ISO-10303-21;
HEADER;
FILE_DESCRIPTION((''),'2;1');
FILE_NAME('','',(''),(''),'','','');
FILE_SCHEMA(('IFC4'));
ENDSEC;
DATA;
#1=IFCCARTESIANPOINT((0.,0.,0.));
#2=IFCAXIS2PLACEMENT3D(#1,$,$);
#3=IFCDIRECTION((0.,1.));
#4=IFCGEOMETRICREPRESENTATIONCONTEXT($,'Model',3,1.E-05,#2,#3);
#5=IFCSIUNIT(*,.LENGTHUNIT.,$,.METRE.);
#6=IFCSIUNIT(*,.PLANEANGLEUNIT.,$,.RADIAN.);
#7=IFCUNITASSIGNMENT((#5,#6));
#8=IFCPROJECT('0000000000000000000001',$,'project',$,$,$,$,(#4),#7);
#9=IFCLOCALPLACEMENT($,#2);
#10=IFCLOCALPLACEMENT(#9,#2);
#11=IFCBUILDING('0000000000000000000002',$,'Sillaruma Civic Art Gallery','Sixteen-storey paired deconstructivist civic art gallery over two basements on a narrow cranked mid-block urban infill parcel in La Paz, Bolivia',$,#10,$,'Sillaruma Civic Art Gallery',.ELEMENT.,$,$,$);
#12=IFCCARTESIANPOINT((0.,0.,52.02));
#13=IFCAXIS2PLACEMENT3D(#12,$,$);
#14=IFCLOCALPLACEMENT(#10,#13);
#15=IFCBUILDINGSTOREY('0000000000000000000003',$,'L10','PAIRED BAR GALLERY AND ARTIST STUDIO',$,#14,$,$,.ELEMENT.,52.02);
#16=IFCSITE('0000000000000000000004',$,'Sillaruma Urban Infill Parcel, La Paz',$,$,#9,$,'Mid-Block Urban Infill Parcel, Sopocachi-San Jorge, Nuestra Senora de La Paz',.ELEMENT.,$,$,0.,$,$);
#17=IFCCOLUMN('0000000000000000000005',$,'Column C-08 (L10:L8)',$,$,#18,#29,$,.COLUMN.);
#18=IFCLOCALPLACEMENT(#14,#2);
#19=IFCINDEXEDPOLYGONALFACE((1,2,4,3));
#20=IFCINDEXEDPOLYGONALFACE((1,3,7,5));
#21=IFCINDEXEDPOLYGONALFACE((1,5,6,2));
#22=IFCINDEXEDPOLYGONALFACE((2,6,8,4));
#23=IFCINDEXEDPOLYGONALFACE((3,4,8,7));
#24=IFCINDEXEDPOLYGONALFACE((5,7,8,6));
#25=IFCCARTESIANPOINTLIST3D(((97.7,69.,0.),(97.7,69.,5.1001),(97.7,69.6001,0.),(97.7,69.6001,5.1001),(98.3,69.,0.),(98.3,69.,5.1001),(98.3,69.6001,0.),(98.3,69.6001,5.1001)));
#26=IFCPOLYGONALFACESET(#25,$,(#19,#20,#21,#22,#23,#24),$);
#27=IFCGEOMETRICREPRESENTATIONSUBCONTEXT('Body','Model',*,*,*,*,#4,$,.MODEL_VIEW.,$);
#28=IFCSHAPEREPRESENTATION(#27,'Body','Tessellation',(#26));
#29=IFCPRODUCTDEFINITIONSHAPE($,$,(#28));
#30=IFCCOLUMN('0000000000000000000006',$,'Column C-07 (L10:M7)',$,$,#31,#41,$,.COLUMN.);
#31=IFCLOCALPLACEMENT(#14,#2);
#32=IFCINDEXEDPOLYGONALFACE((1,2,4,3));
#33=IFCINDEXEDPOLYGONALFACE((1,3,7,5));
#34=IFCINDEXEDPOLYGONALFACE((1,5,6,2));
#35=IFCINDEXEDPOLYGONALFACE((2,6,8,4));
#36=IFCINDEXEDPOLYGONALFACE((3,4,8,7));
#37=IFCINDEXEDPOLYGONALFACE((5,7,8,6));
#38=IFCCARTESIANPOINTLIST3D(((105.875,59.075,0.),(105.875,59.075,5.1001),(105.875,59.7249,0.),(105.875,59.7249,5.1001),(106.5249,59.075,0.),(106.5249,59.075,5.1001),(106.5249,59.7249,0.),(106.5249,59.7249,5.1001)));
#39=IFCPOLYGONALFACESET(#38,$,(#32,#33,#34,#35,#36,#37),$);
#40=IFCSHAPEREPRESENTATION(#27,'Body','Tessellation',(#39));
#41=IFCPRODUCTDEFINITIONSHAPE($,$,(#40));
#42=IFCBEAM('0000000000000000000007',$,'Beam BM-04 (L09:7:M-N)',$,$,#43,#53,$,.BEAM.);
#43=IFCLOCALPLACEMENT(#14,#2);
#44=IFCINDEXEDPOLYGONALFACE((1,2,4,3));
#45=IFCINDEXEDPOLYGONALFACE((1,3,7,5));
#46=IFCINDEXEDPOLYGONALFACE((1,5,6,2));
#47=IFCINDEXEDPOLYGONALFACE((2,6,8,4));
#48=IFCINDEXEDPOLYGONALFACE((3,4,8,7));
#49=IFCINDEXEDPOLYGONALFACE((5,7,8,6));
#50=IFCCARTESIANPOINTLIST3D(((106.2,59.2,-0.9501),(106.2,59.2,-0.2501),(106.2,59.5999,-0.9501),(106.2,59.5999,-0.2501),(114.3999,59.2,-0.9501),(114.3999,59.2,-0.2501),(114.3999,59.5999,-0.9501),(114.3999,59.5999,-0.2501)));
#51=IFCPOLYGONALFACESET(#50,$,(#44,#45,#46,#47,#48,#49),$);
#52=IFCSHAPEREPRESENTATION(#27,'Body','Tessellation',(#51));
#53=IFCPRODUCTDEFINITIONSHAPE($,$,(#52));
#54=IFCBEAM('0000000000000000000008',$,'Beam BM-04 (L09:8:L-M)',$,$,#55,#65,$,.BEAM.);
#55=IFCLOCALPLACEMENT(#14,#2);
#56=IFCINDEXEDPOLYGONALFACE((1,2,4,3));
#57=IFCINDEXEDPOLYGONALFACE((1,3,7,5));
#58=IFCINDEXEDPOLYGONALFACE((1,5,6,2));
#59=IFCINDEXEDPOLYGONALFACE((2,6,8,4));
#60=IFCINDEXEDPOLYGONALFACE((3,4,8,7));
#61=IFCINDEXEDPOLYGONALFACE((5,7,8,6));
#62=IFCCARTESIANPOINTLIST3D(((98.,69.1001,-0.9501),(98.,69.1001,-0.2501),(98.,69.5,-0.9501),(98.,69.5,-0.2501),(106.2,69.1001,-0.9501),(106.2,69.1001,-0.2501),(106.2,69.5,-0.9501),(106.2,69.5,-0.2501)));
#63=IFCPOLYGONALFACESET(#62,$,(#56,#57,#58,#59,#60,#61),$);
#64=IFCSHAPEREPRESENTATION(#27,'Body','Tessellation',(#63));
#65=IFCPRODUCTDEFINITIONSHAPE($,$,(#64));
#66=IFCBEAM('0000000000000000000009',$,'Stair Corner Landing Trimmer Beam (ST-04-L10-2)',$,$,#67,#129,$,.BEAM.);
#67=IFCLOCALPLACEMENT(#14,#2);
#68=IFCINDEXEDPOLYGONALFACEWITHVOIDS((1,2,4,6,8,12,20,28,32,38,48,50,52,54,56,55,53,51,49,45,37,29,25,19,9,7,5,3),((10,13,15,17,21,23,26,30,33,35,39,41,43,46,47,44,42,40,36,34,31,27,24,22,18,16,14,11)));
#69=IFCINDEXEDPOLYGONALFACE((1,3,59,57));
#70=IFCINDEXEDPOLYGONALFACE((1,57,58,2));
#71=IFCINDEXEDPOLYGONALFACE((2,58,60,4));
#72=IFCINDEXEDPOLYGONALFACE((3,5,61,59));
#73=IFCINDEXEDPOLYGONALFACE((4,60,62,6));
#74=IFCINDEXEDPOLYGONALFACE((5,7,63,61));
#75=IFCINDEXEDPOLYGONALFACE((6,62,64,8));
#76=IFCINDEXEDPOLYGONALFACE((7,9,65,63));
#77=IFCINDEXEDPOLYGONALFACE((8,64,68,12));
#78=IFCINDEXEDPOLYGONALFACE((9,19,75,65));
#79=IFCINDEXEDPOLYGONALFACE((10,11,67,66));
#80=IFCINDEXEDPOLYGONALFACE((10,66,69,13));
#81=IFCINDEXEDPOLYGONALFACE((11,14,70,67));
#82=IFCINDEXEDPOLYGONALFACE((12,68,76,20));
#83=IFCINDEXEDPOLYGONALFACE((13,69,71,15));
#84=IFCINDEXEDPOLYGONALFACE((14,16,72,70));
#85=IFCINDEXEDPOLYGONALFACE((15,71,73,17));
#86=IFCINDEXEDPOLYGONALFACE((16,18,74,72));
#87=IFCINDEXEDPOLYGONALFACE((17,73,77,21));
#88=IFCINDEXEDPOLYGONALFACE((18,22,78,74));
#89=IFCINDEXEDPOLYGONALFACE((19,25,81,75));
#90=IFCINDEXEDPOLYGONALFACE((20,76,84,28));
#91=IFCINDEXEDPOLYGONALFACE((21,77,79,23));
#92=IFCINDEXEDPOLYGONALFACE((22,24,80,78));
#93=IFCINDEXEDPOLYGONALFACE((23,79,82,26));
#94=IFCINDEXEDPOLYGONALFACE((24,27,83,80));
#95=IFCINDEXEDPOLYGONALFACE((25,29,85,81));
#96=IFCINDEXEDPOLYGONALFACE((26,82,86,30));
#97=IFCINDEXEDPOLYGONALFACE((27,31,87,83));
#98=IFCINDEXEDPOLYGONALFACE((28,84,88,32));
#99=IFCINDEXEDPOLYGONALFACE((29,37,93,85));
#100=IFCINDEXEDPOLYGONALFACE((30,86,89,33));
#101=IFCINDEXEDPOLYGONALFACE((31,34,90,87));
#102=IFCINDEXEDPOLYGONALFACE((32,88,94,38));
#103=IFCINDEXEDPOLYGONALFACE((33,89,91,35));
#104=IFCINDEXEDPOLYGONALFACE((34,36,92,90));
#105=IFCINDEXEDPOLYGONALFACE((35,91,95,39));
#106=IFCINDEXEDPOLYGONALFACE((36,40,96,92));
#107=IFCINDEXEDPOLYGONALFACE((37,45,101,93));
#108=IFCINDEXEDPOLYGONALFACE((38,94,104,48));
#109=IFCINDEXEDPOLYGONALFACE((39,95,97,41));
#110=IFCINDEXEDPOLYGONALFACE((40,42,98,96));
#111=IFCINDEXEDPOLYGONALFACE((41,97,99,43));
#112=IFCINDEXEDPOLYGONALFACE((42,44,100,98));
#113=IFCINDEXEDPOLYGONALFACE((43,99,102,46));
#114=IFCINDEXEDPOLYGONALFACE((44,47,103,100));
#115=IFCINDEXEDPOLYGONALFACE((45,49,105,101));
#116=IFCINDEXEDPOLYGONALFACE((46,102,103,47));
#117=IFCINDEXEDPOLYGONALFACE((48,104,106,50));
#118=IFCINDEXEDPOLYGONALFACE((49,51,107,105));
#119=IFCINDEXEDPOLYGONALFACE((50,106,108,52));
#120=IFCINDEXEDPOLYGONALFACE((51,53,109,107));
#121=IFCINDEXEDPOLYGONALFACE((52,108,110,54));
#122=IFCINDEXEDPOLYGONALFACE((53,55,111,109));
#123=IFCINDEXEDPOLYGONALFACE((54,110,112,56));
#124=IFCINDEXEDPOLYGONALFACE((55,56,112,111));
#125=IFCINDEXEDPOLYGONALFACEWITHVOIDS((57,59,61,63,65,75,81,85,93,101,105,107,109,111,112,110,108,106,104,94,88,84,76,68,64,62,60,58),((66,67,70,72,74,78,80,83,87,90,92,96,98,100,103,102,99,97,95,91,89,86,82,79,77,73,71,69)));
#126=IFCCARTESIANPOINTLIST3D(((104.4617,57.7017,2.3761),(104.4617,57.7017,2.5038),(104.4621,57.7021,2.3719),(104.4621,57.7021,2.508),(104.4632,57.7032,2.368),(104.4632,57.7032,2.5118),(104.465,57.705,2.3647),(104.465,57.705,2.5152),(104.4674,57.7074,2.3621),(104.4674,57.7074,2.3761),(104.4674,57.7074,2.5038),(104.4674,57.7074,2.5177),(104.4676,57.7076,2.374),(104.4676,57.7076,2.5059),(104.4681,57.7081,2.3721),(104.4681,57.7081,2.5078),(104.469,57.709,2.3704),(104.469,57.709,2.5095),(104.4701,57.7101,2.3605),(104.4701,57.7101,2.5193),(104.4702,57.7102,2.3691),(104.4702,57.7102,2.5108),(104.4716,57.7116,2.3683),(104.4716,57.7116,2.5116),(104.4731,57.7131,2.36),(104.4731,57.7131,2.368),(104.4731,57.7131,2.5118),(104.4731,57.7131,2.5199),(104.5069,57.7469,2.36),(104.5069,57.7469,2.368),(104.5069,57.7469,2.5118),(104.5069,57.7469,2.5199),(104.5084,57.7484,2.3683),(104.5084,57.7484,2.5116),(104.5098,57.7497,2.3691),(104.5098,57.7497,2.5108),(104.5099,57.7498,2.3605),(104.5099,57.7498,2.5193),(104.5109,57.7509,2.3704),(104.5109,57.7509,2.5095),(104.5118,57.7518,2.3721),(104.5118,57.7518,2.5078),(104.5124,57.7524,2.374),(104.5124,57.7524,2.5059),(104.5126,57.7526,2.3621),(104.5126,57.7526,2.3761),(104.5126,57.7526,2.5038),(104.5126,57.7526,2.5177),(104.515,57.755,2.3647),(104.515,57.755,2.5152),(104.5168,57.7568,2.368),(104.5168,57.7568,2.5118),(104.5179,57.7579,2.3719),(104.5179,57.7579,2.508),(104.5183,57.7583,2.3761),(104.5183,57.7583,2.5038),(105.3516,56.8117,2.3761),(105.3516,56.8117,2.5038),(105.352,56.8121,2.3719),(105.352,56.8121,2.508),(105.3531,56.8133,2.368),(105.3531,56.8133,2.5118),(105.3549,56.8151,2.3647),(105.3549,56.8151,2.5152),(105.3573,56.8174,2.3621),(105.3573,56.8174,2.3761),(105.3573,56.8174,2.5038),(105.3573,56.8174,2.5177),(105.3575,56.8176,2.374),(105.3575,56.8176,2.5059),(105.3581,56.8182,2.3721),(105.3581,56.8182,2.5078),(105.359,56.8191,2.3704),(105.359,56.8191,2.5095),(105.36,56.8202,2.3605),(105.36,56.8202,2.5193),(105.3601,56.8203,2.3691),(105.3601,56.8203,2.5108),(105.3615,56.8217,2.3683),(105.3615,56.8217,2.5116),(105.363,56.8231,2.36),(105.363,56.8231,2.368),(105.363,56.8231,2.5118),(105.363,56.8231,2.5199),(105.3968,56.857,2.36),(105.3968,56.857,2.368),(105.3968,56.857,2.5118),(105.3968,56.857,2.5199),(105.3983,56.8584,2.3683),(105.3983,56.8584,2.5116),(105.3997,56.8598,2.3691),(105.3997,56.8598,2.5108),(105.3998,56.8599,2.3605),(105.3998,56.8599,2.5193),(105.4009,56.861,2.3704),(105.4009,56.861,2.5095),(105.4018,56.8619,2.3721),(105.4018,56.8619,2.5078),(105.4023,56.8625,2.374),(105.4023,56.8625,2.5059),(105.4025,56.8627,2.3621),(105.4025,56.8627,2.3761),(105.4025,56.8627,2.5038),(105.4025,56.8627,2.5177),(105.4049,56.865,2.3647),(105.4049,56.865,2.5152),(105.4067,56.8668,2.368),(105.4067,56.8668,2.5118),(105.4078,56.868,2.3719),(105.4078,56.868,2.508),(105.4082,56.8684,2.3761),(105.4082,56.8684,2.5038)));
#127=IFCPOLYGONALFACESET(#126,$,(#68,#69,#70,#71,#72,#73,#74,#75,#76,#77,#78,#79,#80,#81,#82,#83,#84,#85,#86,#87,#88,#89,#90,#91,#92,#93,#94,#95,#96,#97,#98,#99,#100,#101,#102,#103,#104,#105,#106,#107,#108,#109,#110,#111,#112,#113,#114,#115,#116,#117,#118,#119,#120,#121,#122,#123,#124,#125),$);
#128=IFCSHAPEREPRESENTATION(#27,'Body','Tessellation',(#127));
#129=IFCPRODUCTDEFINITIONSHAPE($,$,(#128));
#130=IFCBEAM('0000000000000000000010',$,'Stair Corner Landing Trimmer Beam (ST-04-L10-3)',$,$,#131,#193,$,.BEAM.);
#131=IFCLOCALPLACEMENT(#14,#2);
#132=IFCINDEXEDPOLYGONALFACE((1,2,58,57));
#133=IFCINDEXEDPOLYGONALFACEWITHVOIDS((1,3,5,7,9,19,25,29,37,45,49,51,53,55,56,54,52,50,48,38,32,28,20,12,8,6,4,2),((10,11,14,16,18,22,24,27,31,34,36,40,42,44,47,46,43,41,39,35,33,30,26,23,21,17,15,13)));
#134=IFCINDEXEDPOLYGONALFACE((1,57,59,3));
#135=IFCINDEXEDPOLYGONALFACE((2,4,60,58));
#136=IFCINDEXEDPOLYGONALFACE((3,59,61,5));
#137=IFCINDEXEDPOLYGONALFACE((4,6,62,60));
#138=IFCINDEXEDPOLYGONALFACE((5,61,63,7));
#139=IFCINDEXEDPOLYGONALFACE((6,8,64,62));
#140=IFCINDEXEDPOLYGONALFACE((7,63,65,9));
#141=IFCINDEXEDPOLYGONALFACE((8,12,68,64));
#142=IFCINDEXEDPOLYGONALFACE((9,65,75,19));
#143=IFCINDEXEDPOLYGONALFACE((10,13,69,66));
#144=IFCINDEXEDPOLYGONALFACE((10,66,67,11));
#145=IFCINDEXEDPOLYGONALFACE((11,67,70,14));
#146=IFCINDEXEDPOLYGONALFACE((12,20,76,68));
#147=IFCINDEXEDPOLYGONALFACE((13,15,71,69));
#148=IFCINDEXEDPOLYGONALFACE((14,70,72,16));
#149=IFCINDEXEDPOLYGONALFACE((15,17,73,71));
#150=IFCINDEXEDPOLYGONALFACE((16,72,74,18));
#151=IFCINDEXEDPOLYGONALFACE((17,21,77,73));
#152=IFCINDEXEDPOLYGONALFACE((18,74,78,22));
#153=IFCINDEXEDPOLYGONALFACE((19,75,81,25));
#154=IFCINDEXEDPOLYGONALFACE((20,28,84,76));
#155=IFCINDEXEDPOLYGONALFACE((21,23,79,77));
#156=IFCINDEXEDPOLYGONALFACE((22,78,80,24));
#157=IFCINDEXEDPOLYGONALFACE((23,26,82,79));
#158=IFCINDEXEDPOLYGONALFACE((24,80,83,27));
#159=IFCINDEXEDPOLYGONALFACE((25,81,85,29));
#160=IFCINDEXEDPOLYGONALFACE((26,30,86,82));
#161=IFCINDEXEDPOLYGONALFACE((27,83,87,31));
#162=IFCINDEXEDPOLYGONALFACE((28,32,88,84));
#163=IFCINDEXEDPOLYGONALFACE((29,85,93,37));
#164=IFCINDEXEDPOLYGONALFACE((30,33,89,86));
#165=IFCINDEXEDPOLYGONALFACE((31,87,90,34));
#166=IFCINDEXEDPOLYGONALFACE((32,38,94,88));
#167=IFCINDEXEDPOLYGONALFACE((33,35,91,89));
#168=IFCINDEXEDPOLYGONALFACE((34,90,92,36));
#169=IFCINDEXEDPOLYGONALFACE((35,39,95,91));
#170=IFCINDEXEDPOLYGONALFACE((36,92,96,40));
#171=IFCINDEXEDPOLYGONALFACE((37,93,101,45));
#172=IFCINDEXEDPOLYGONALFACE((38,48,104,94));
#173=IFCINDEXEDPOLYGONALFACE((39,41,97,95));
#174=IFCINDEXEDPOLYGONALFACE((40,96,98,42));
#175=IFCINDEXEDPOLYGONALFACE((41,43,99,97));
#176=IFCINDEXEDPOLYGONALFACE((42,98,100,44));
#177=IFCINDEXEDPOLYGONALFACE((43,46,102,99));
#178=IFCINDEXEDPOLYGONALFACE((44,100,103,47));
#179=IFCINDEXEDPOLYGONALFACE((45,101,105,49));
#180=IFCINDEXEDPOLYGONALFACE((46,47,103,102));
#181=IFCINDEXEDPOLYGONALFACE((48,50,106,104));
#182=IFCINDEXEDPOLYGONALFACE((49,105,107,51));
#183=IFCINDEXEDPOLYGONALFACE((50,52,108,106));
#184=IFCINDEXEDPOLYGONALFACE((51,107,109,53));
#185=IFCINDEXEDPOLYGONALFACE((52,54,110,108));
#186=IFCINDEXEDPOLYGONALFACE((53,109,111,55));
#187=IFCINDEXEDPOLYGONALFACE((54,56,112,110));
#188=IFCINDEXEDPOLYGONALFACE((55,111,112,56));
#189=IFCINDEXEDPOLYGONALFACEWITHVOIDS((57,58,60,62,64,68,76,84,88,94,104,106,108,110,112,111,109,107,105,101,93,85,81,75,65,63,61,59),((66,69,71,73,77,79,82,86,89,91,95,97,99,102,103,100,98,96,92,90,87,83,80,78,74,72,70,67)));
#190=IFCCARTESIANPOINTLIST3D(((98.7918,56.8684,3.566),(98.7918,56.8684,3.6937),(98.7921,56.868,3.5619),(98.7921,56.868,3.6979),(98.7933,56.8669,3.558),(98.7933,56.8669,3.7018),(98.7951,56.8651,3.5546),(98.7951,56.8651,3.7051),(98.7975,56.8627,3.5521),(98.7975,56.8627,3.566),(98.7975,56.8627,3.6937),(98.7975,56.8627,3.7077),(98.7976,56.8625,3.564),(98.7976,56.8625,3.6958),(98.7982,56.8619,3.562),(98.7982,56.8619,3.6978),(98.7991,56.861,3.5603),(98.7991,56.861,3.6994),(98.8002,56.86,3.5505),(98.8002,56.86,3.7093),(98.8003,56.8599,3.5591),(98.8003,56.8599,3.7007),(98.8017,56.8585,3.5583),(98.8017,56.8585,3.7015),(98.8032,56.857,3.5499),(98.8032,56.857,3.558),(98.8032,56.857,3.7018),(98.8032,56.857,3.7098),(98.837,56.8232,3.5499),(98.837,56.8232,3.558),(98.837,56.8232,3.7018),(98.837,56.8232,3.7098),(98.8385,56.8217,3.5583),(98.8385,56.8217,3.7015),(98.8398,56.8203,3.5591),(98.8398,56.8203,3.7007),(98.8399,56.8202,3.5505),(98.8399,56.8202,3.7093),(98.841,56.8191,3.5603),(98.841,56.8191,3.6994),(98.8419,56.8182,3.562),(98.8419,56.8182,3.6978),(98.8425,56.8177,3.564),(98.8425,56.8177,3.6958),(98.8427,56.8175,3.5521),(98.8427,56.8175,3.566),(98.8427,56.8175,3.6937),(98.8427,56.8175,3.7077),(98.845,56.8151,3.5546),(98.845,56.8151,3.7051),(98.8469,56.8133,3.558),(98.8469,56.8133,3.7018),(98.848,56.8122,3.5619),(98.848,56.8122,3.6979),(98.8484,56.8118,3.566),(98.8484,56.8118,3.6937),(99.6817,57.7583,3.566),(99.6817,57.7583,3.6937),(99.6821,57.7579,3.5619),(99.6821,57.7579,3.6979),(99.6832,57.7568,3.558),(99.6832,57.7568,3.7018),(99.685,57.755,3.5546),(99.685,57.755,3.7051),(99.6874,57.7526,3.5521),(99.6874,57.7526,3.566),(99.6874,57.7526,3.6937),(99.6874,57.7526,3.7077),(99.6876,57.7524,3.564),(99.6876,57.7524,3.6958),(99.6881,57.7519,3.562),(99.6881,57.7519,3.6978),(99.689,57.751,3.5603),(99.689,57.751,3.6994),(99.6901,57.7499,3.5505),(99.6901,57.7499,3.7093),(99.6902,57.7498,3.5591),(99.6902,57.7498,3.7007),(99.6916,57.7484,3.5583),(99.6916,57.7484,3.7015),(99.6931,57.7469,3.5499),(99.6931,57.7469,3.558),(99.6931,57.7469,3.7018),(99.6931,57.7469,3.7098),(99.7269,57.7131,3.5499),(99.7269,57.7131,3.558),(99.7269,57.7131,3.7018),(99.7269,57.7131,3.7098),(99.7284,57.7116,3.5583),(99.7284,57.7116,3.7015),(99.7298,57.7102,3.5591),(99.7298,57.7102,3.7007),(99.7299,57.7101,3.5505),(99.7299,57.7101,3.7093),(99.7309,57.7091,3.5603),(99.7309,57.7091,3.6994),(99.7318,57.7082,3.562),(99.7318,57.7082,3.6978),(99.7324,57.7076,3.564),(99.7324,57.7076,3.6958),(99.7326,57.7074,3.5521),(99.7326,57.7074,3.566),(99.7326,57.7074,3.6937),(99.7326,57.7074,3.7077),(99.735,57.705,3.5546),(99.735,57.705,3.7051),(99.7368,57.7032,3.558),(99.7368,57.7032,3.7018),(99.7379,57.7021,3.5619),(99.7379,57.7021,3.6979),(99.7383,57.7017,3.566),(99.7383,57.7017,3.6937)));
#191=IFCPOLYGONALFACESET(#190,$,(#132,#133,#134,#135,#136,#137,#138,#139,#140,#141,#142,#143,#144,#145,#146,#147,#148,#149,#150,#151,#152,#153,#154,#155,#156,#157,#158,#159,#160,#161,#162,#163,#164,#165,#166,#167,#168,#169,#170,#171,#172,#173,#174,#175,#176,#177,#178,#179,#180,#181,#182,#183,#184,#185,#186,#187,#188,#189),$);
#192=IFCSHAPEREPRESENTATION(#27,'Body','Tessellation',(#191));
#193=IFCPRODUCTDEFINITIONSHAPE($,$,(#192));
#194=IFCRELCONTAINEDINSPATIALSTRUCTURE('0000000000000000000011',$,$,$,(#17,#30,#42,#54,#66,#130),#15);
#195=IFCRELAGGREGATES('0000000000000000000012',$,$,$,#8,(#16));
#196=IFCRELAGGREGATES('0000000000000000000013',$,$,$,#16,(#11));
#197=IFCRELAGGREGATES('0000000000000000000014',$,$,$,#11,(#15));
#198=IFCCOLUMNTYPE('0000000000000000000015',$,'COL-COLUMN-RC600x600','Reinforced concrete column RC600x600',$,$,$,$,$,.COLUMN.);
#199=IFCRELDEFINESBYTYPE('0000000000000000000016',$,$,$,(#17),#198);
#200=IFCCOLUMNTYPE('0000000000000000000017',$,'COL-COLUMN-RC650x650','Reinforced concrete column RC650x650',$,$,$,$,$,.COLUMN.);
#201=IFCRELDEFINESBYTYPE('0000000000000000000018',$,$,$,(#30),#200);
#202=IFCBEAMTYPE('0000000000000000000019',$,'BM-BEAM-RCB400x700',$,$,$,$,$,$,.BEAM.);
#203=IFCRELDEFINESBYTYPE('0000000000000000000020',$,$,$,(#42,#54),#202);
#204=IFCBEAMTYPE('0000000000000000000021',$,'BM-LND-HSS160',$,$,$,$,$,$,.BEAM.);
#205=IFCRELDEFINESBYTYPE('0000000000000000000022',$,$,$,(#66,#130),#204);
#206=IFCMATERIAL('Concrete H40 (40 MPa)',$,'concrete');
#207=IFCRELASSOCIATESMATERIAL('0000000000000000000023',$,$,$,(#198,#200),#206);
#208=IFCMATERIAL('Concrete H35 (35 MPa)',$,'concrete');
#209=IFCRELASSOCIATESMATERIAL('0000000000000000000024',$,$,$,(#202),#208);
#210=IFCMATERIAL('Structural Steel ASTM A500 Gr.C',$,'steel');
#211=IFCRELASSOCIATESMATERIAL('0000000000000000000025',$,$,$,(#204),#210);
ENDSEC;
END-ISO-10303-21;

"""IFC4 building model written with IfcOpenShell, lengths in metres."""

from ifc_helpers import new_model, si_unit, direction, frame, origin, origin_2d, place, context, subcontext, project, spatial, rectangle, hollow_rectangle, extrude, material, material_profile, profile_set, type_object, element, save


model = new_model("IFC4")

# Units and contexts
model_context = context("Model", 3, precision=1e-05, world=origin(), true_north=direction((0.0, 1.0)))
body_context = subcontext(model_context, "Body", "Model", "MODEL_VIEW")
ifc_project = project(units=[si_unit("LENGTHUNIT", "METRE"), si_unit("PLANEANGLEUNIT", "RADIAN")], contexts=[model_context])

# Site, building, storey
site_placement = place(None, origin())
site = spatial("IfcSite", under=ifc_project, at=site_placement, Name="Sillaruma Urban Infill Parcel, La Paz", LongName="Mid-Block Urban Infill Parcel, Sopocachi-San Jorge, Nuestra Senora de La Paz", CompositionType="ELEMENT", RefElevation=0.0)
building_placement = place(site_placement, origin())
building = spatial("IfcBuilding", under=site, at=building_placement, Name="Sillaruma Civic Art Gallery", Description="Sixteen-storey paired deconstructivist civic art gallery over two basements on a narrow cranked mid-block urban infill parcel in La Paz, Bolivia", LongName="Sillaruma Civic Art Gallery", CompositionType="ELEMENT")
storey_placement = place(building_placement, frame((0.0, 0.0, 52.02)))
storey = spatial("IfcBuildingStorey", under=building, at=storey_placement, Name="L10", Description="PAIRED BAR GALLERY AND ARTIST STUDIO", CompositionType="ELEMENT", Elevation=52.02)

# Columns
ifc_material_1 = material(Name="Concrete H40 (40 MPa)", Category="concrete")
ifc_material_profile_1 = material_profile(ifc_material_1, rectangle(XDim=0.6001, YDim=0.6001, at=origin_2d()), Name="RC600x600")
ifc_profile_set_1 = profile_set([ifc_material_profile_1], Name="Concrete H40 (40 MPa)")
column_type_1 = type_object("IfcColumnType", Name="COL-COLUMN-RC600x600", Description="Reinforced concrete column RC600x600", PredefinedType="COLUMN", material=ifc_profile_set_1)
column_1_placement = place(storey_placement, frame((98.0, 69.3, 0.0), z_axis=(0.0, 0.0, 1.0), x_axis=(1.0, 0.0, 0.0)))
element("IfcColumn", 1, at=column_1_placement, inside=storey, type_object=column_type_1, Name="Column C-08 (L10:L8)", PredefinedType="COLUMN", context=body_context, shape_type="SweptSolid", body=[
    extrude(rectangle(XDim=0.6001, YDim=0.6001, at=origin_2d()), origin(), (0.0, 0.0, 1.0), 5.1001),
])
ifc_material_profile_2 = material_profile(ifc_material_1, rectangle(XDim=0.6499, YDim=0.6499, at=origin_2d()), Name="RC650x650")
ifc_profile_set_2 = profile_set([ifc_material_profile_2], Name="Concrete H40 (40 MPa)")
column_type_2 = type_object("IfcColumnType", Name="COL-COLUMN-RC650x650", Description="Reinforced concrete column RC650x650", PredefinedType="COLUMN", material=ifc_profile_set_2)
column_2_placement = place(storey_placement, frame((106.2, 59.3999, 0.0), z_axis=(0.0, 0.0, 1.0), x_axis=(1.0, 0.0, 0.0)))
element("IfcColumn", 2, at=column_2_placement, inside=storey, type_object=column_type_2, Name="Column C-07 (L10:M7)", PredefinedType="COLUMN", context=body_context, shape_type="SweptSolid", body=[
    extrude(rectangle(XDim=0.6499, YDim=0.6499, at=origin_2d()), origin(), (0.0, 0.0, 1.0), 5.1001),
])

# Beams
ifc_material_2 = material(Name="Concrete H35 (35 MPa)", Category="concrete")
ifc_material_profile_3 = material_profile(ifc_material_2, rectangle(XDim=0.3999, YDim=0.7, at=origin_2d()), Name="RCB400x700")
ifc_profile_set_3 = profile_set([ifc_material_profile_3], Name="Concrete H35 (35 MPa)")
beam_type_1 = type_object("IfcBeamType", Name="BM-BEAM-RCB400x700", PredefinedType="BEAM", material=ifc_profile_set_3)
for number, where, z_axis, x_axis, name in (
    (3, (106.2, 59.3999, -0.6001), (1.0, 0.0, 0.0), (0.0, 1.0, 0.0), "Beam BM-04 (L09:7:M-N)"),
    (4, (98.0, 69.3, -0.6001), (1.0, 0.0, 0.0), (0.0, 1.0, 0.0), "Beam BM-04 (L09:8:L-M)"),
):
    element("IfcBeam", number, at=place(storey_placement, frame(where, z_axis=z_axis, x_axis=x_axis)), inside=storey, type_object=beam_type_1, Name=name, PredefinedType="BEAM", context=body_context, shape_type="SweptSolid", body=[
        extrude(rectangle(XDim=0.3999, YDim=0.7, at=origin_2d()), origin(), (0.0, 0.0, 1.0), 8.2),
    ])
ifc_material_3 = material(Name="Structural Steel ASTM A500 Gr.C", Category="steel")
ifc_material_profile_4 = material_profile(ifc_material_3, hollow_rectangle(XDim=0.0801, YDim=0.1599, WallThickness=0.0081, InnerFilletRadius=0.0081, OuterFilletRadius=0.0161, at=origin_2d()), Name="HSS160x80x8")
ifc_profile_set_4 = profile_set([ifc_material_profile_4], Name="Structural Steel ASTM A500 Gr.C")
beam_type_2 = type_object("IfcBeamType", Name="BM-LND-HSS160", PredefinedType="BEAM", material=ifc_profile_set_4)
for number, where, z_axis, x_axis, name in (
    (5, (104.49, 57.73, 2.4399), (0.707107, -0.707107, 0.0), (0.707107, 0.707107, 0.0), "Stair Corner Landing Trimmer Beam (ST-04-L10-2)"),
    (6, (98.8201, 56.8401, 3.6299), (0.707107, 0.707107, 0.0), (-0.707107, 0.707107, 0.0), "Stair Corner Landing Trimmer Beam (ST-04-L10-3)"),
):
    element("IfcBeam", number, at=place(storey_placement, frame(where, z_axis=z_axis, x_axis=x_axis)), inside=storey, type_object=beam_type_2, Name=name, PredefinedType="BEAM", context=body_context, shape_type="SweptSolid", body=[
        extrude(hollow_rectangle(XDim=0.0801, YDim=0.1599, WallThickness=0.0081, InnerFilletRadius=0.0081, OuterFilletRadius=0.0161, at=origin_2d()), origin(), (0.0, 0.0, 1.0), 1.2585),
    ])

save(model, "model.ifc")
